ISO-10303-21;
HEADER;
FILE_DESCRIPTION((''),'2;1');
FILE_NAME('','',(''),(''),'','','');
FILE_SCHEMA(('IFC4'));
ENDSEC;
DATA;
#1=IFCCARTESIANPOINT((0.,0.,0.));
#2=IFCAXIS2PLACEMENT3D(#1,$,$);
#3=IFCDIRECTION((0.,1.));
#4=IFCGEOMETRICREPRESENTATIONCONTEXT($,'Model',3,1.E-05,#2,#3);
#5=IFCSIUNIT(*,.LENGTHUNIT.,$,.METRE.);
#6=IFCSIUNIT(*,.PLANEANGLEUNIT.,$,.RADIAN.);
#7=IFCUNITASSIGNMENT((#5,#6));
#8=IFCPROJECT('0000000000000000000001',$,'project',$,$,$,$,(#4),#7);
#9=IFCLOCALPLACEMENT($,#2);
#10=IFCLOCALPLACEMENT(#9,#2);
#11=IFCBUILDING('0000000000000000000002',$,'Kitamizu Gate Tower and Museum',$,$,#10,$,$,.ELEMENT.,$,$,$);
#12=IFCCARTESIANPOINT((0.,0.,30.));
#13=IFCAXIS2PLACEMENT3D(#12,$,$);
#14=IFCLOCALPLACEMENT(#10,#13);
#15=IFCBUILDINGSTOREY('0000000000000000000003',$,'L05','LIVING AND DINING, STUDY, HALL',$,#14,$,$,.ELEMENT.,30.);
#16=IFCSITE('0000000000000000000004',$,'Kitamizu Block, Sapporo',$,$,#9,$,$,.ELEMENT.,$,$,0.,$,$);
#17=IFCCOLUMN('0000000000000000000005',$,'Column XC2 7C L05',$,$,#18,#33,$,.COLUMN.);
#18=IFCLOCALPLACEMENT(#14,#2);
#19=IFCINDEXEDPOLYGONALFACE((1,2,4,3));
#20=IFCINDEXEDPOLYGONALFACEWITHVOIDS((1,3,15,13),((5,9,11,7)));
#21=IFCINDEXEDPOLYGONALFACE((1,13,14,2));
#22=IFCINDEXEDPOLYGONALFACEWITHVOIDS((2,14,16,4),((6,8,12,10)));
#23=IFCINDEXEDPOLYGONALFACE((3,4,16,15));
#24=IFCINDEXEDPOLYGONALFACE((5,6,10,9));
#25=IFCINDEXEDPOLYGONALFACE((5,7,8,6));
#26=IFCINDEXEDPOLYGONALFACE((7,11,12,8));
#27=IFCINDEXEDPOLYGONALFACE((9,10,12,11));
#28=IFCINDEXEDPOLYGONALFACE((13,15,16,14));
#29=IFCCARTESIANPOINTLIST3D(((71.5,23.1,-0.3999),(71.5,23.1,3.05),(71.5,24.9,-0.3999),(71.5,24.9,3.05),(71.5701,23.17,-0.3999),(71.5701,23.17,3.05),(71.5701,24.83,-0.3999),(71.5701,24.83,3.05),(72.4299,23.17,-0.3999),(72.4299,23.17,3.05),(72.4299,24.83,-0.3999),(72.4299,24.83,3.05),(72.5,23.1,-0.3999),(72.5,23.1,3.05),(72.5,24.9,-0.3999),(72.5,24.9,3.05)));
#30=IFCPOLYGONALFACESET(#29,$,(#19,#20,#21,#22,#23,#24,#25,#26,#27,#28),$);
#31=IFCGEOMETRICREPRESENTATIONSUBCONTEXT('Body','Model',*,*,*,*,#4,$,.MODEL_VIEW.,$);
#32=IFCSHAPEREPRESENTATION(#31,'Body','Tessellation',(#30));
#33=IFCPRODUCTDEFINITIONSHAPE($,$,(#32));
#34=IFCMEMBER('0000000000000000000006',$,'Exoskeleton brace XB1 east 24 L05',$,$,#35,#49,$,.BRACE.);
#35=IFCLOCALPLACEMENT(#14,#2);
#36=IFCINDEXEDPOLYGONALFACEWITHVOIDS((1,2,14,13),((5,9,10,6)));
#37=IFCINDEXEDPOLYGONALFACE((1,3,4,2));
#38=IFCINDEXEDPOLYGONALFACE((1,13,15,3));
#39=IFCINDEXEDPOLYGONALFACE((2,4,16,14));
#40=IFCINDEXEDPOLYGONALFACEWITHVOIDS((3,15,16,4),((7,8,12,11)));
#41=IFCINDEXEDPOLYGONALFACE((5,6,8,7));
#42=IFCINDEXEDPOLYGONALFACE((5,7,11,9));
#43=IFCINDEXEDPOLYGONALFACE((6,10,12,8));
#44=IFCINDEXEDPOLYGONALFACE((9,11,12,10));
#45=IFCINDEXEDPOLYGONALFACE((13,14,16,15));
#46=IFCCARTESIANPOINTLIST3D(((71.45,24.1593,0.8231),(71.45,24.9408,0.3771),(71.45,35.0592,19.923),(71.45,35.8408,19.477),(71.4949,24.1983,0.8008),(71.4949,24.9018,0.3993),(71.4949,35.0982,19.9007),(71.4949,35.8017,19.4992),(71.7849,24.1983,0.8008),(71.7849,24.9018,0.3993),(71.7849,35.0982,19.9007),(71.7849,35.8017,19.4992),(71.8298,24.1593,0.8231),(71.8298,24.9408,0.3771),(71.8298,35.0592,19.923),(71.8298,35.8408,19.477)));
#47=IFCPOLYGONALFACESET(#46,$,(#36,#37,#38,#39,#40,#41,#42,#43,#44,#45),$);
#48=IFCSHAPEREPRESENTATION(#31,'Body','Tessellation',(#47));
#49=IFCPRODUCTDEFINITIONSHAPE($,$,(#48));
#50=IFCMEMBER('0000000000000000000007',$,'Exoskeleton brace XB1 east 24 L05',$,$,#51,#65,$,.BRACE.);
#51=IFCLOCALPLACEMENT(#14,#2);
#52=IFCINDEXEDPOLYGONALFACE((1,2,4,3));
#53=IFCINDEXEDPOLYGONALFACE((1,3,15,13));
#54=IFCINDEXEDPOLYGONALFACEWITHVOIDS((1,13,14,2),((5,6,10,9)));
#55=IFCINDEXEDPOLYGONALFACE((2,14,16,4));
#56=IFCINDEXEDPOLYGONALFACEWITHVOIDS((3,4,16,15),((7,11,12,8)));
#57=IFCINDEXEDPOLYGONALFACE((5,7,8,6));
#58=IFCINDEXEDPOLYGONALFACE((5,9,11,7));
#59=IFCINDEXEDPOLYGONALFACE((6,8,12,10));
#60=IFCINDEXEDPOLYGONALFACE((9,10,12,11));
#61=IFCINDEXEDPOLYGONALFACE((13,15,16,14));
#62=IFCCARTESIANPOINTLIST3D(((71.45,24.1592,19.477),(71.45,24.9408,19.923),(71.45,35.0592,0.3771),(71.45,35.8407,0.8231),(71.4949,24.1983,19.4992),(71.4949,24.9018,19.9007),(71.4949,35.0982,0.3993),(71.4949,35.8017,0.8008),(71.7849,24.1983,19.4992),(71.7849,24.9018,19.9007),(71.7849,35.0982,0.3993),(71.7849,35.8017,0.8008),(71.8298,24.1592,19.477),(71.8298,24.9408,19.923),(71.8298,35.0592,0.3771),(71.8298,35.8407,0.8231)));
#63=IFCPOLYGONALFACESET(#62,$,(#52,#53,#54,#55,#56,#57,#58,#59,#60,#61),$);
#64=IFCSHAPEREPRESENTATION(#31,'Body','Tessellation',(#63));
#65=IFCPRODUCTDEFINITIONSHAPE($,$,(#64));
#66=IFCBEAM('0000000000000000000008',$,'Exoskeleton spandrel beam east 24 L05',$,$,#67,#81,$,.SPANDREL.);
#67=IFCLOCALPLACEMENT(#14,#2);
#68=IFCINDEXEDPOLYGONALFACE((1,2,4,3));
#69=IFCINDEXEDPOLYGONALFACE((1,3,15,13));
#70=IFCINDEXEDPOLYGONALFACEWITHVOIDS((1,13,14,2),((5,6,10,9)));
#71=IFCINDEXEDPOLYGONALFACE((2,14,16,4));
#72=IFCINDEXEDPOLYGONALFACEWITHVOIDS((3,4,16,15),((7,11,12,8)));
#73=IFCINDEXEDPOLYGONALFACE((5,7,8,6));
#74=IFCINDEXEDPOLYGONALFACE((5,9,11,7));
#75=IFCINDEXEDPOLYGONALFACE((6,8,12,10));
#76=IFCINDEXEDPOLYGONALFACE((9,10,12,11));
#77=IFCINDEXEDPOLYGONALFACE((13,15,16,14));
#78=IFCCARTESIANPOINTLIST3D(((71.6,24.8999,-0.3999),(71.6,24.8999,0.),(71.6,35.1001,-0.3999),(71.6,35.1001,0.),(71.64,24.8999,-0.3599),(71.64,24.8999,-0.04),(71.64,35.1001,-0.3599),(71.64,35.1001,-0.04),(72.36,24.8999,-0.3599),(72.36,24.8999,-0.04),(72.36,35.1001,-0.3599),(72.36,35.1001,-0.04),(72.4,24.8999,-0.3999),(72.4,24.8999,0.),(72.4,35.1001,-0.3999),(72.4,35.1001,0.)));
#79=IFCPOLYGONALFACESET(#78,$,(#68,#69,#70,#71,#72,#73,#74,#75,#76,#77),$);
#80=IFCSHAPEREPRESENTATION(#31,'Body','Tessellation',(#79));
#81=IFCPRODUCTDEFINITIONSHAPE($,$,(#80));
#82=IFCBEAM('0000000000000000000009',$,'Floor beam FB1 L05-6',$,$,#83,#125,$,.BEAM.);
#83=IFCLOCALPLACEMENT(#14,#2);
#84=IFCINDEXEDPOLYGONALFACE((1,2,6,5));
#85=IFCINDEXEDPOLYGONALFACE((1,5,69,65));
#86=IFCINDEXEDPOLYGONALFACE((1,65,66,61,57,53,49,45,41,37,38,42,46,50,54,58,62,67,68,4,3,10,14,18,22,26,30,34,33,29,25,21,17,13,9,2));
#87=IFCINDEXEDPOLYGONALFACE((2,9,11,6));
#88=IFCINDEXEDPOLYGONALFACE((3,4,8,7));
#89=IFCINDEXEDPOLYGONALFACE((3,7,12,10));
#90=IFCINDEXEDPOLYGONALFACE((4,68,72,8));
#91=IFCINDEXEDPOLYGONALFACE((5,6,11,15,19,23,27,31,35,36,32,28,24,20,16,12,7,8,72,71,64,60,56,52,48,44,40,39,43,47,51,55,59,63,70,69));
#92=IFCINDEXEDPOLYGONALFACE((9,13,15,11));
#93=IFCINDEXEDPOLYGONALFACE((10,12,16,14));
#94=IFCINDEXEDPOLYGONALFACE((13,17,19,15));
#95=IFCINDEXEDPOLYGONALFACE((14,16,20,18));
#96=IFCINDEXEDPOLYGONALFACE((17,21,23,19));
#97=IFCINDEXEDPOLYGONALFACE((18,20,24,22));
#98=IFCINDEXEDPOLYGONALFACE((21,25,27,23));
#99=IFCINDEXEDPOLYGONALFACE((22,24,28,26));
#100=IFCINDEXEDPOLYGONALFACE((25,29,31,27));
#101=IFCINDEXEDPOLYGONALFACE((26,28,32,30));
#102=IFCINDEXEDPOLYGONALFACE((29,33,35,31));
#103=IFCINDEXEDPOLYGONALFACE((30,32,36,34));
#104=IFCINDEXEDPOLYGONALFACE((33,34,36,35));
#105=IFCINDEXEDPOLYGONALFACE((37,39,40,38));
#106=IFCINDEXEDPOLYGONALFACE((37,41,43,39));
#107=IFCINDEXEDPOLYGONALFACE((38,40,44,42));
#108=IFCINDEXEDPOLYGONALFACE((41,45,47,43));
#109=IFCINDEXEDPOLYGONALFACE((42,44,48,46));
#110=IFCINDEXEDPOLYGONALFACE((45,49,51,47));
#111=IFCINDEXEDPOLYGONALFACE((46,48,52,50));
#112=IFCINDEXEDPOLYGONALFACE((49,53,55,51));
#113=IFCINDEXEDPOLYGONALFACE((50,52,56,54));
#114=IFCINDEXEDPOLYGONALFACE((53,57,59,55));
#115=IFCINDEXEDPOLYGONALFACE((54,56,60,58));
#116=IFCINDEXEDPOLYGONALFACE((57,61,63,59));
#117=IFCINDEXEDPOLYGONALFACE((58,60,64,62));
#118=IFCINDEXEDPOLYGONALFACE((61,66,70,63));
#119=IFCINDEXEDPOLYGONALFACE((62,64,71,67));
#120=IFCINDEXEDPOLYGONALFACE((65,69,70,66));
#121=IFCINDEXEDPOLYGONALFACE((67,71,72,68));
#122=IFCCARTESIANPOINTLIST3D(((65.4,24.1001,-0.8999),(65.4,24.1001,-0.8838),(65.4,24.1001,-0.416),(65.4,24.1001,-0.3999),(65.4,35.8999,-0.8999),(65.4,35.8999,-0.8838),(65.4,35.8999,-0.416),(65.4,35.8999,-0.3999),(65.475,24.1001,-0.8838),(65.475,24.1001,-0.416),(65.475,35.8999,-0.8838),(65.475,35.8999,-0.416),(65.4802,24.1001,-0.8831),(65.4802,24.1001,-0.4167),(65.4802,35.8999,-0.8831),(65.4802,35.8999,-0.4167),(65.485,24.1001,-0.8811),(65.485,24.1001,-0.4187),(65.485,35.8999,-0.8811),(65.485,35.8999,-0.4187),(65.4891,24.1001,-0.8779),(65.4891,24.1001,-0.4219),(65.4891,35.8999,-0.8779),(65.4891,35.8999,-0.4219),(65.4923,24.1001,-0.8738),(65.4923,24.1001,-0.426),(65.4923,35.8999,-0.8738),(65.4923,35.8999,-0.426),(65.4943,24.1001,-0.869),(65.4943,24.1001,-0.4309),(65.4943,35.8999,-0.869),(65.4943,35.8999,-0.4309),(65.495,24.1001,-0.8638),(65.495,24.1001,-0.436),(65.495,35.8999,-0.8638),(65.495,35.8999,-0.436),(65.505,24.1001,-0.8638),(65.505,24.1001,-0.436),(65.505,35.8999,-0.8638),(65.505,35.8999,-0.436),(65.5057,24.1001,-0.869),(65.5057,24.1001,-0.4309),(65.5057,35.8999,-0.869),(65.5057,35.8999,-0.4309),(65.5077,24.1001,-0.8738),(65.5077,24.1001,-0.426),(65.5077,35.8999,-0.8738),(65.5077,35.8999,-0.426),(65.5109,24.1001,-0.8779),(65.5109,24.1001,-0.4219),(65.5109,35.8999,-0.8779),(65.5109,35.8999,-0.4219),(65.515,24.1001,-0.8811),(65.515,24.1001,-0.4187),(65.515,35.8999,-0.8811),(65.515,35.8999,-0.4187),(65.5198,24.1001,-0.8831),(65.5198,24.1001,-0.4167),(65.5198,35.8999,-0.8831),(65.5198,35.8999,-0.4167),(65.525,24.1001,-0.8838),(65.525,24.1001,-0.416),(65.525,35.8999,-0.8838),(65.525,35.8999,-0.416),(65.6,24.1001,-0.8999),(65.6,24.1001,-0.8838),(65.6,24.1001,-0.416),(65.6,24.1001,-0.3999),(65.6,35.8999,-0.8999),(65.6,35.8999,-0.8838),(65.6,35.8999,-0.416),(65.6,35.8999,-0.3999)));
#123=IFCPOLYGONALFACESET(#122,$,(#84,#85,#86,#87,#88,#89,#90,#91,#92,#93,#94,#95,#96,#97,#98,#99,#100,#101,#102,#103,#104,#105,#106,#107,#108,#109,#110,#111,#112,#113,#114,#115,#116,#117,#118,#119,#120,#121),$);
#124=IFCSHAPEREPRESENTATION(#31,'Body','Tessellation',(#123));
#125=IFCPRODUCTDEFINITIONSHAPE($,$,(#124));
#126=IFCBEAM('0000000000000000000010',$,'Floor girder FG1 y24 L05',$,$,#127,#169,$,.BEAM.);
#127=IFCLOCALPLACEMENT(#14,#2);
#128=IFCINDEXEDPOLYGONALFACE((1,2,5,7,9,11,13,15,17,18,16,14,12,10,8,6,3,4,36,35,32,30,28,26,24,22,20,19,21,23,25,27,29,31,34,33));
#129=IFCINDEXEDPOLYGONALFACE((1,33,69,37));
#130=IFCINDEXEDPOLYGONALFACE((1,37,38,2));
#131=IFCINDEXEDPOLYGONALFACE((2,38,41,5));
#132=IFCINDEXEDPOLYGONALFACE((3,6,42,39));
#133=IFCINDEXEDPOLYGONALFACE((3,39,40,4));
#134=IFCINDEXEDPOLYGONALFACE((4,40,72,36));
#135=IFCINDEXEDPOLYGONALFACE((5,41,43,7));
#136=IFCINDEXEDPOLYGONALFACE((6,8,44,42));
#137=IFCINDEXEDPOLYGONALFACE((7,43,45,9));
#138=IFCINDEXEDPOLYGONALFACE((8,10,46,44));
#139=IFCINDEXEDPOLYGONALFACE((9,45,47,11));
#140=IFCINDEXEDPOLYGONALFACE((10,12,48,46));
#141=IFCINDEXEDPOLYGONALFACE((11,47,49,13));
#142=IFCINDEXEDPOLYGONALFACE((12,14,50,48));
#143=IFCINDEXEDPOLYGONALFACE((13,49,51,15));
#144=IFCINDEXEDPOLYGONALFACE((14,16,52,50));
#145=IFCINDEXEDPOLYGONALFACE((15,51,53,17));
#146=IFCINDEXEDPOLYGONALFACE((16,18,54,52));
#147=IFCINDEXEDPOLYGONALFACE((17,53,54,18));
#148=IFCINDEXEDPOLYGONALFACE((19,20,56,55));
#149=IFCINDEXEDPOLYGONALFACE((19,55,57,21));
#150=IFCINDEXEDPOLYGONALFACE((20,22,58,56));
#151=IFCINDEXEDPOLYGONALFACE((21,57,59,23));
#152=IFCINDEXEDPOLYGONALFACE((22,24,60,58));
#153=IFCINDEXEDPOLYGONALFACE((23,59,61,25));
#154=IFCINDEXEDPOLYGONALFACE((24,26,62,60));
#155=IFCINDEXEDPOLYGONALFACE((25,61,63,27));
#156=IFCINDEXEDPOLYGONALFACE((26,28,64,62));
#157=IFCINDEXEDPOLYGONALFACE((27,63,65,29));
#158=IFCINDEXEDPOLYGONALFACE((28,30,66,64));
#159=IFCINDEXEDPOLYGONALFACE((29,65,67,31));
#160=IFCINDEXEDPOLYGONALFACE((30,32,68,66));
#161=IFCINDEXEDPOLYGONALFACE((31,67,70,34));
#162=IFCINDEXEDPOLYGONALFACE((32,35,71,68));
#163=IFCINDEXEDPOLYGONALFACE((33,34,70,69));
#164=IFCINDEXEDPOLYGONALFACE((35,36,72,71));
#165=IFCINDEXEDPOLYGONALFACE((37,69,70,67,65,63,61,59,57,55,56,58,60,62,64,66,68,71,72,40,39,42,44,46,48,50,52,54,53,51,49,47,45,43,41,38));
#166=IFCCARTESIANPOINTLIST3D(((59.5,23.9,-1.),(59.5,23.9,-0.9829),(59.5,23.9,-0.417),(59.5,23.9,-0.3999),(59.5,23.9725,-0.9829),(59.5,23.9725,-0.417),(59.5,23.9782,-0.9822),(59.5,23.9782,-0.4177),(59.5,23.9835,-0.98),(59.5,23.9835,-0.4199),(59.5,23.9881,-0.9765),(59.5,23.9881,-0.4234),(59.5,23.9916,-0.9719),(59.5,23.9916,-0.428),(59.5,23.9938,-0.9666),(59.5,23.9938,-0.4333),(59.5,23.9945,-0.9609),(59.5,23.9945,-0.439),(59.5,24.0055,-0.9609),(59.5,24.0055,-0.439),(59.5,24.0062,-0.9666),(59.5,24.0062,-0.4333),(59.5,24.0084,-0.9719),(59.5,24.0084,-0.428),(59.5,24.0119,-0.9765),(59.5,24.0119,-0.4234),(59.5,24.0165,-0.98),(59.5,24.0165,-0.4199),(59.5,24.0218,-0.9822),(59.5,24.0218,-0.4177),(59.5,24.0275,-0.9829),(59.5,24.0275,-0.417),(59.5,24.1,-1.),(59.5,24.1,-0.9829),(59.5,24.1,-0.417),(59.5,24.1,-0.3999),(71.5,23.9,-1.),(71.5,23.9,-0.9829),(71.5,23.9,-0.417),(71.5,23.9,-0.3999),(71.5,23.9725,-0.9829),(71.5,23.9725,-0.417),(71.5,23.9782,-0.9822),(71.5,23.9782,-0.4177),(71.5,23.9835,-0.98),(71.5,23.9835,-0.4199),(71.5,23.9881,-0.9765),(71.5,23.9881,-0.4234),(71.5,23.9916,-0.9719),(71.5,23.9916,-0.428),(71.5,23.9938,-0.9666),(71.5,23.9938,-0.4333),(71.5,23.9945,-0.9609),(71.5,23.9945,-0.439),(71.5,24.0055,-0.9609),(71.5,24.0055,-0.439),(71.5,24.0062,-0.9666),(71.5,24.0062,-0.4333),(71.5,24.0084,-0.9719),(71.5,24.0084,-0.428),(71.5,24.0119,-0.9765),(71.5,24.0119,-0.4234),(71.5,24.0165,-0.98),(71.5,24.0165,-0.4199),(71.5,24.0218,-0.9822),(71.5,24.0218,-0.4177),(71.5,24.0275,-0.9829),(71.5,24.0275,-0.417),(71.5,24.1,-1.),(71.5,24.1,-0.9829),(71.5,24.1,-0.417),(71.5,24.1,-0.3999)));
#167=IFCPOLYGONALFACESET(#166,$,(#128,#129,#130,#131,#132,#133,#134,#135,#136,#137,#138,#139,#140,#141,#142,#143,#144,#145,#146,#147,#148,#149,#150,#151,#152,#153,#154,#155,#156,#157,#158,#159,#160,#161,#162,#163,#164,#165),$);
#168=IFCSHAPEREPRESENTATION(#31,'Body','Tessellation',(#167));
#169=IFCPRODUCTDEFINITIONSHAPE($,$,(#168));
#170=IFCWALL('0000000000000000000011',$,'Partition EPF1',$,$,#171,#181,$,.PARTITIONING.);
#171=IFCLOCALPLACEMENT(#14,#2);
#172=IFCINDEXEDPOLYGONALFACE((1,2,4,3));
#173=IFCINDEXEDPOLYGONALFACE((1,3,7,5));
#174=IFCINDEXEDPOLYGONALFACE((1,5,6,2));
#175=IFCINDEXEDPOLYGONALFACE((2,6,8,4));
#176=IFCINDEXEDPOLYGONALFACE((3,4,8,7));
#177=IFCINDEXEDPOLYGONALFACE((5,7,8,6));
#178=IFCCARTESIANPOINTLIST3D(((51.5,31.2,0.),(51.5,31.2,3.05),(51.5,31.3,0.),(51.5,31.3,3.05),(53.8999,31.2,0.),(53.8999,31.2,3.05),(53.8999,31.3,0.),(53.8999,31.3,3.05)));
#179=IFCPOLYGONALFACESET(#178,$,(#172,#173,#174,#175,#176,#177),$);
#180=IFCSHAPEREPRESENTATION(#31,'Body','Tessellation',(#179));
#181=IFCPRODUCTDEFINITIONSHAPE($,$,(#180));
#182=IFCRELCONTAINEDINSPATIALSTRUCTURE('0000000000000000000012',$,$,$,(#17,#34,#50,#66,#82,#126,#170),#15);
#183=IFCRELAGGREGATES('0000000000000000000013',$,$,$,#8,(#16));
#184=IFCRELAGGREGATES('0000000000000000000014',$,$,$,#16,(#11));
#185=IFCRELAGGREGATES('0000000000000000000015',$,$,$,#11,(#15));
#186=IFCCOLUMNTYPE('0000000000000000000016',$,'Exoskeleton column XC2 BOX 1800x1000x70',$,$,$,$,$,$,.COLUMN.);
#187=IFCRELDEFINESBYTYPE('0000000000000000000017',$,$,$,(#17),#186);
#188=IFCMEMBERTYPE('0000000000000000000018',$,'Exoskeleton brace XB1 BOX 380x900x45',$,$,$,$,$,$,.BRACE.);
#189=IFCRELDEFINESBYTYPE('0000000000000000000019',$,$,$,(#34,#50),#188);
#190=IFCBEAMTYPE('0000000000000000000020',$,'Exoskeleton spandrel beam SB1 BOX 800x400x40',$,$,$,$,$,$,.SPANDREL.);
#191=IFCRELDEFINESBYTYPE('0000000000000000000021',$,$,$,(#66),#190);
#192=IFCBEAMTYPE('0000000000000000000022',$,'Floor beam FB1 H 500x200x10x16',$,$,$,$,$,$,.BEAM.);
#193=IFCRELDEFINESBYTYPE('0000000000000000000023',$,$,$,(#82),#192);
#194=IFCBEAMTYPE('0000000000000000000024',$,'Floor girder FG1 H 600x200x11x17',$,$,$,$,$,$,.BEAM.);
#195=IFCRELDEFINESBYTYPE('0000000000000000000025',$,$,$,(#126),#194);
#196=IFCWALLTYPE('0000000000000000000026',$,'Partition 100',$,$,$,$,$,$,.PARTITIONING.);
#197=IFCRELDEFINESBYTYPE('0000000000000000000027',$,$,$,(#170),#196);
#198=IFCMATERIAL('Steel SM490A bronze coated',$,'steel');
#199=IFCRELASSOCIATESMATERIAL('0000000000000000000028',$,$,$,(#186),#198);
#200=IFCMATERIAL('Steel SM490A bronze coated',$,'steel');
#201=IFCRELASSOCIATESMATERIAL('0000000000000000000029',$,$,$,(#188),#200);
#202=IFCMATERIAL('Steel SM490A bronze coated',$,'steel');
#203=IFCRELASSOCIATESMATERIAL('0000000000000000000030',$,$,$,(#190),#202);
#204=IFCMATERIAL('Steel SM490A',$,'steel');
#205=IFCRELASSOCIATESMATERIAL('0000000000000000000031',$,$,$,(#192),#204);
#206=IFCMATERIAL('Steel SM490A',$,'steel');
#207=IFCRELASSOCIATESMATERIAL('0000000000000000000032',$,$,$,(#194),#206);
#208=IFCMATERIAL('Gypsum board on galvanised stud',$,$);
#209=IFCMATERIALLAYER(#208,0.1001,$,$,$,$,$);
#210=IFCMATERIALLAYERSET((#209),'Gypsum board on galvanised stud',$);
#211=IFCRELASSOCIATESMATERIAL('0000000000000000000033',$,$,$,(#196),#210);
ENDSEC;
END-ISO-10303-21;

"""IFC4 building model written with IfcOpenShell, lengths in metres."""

from ifc_helpers import new_model, si_unit, direction, frame, frame_2d, origin, origin_2d, place, context, subcontext, project, spatial, rectangle, hollow_rectangle, i_section, extrude, material, layer, layer_set, material_profile, profile_set, type_object, element, save


model = new_model("IFC4")

# Units and contexts
model_context = context("Model", 3, precision=1e-05, world=origin(), true_north=direction((0.0, 1.0)))
body_context = subcontext(model_context, "Body", "Model", "MODEL_VIEW")
ifc_project = project(units=[si_unit("LENGTHUNIT", "METRE"), si_unit("PLANEANGLEUNIT", "RADIAN")], contexts=[model_context])

# Site, building, storey
site_placement = place(None, origin())
site = spatial("IfcSite", under=ifc_project, at=site_placement, Name="Kitamizu Block, Sapporo", CompositionType="ELEMENT", RefElevation=0.0)
building_placement = place(site_placement, origin())
building = spatial("IfcBuilding", under=site, at=building_placement, Name="Kitamizu Gate Tower and Museum", CompositionType="ELEMENT")
storey_placement = place(building_placement, frame((0.0, 0.0, 30.0)))
storey = spatial("IfcBuildingStorey", under=building, at=storey_placement, Name="L05", Description="LIVING AND DINING, STUDY, HALL", CompositionType="ELEMENT", Elevation=30.0)

# Column
ifc_material_1 = material(Name="Steel SM490A bronze coated", Category="steel")
ifc_material_profile_1 = material_profile(ifc_material_1, hollow_rectangle(XDim=1.8, YDim=1.0, WallThickness=0.0701, at=origin_2d()), Name="BOX 1800x1000x70")
ifc_profile_set_1 = profile_set([ifc_material_profile_1], Name="Steel SM490A bronze coated")
column_type = type_object("IfcColumnType", Name="Exoskeleton column XC2 BOX 1800x1000x70", PredefinedType="COLUMN", material=ifc_profile_set_1)
column_placement = place(storey_placement, frame((72.0, 24.0, -0.3999), z_axis=(0.0, 0.0, 1.0), x_axis=(0.0, 1.0, 0.0)))
element("IfcColumn", 1, at=column_placement, inside=storey, type_object=column_type, Name="Column XC2 7C L05", PredefinedType="COLUMN", context=body_context, shape_type="SweptSolid", body=[
    extrude(hollow_rectangle(XDim=1.8, YDim=1.0, WallThickness=0.0701, at=origin_2d()), origin(), (0.0, 0.0, 1.0), 3.45),
])

# Members
ifc_material_2 = material(Name="Steel SM490A bronze coated", Category="steel")
ifc_material_profile_2 = material_profile(ifc_material_2, hollow_rectangle(XDim=0.3799, YDim=0.8999, WallThickness=0.0449, at=origin_2d()), Name="BOX 380x900x45")
ifc_profile_set_2 = profile_set([ifc_material_profile_2], Name="Steel SM490A bronze coated")
member_type = type_object("IfcMemberType", Name="Exoskeleton brace XB1 BOX 380x900x45", PredefinedType="BRACE", material=ifc_profile_set_2)
for number, where, z_axis, x_axis, name in (
    (2, (71.6399, 24.55, 0.6001), (0.0, 0.495649, 0.868523), (-1.0, 0.0, 0.0), "Exoskeleton brace XB1 east 24 L05"),
    (3, (71.6399, 35.45, 0.6001), (0.0, -0.495649, 0.868523), (1.0, 0.0, 0.0), "Exoskeleton brace XB1 east 24 L05"),
):
    element("IfcMember", number, at=place(storey_placement, frame(where, z_axis=z_axis, x_axis=x_axis)), inside=storey, type_object=member_type, Name=name, PredefinedType="BRACE", context=body_context, shape_type="SweptSolid", body=[
        extrude(hollow_rectangle(XDim=0.3799, YDim=0.8999, WallThickness=0.0449, at=origin_2d()), origin(), (0.0, 0.0, 1.0), 21.9912),
    ])

# Beams
ifc_material_3 = material(Name="Steel SM490A bronze coated", Category="steel")
ifc_material_profile_3 = material_profile(ifc_material_3, hollow_rectangle(XDim=0.8, YDim=0.3999, WallThickness=0.04, at=origin_2d()), Name="BOX 800x400x40")
ifc_profile_set_3 = profile_set([ifc_material_profile_3], Name="Steel SM490A bronze coated")
beam_type_1 = type_object("IfcBeamType", Name="Exoskeleton spandrel beam SB1 BOX 800x400x40", PredefinedType="SPANDREL", material=ifc_profile_set_3)
beam_1_placement = place(storey_placement, frame((72.0, 24.8999, -0.2), z_axis=(0.0, 1.0, 0.0), x_axis=(-1.0, 0.0, 0.0)))
element("IfcBeam", 4, at=beam_1_placement, inside=storey, type_object=beam_type_1, Name="Exoskeleton spandrel beam east 24 L05", PredefinedType="SPANDREL", context=body_context, shape_type="SweptSolid", body=[
    extrude(hollow_rectangle(XDim=0.8, YDim=0.3999, WallThickness=0.04, at=origin_2d()), origin(), (0.0, 0.0, 1.0), 10.2002),
])
ifc_material_4 = material(Name="Steel SM490A", Category="steel")
ifc_material_profile_4 = material_profile(ifc_material_4, i_section(OverallWidth=0.2, OverallDepth=0.5, WebThickness=0.01, FlangeThickness=0.0161, FilletRadius=0.02, at=origin_2d()), Name="H-500x200x10x16")
ifc_profile_set_4 = profile_set([ifc_material_profile_4], Name="Steel SM490A")
beam_type_2 = type_object("IfcBeamType", Name="Floor beam FB1 H 500x200x10x16", PredefinedType="BEAM", material=ifc_profile_set_4)
beam_2_placement = place(storey_placement, frame((65.5, 24.1001, -0.6499), z_axis=(0.0, 1.0, 0.0), x_axis=(-1.0, 0.0, 0.0)))
element("IfcBeam", 5, at=beam_2_placement, inside=storey, type_object=beam_type_2, Name="Floor beam FB1 L05-6", PredefinedType="BEAM", context=body_context, shape_type="SweptSolid", body=[
    extrude(i_section(OverallWidth=0.2, OverallDepth=0.5, WebThickness=0.01, FlangeThickness=0.0161, FilletRadius=0.02, at=origin_2d()), origin(), (0.0, 0.0, 1.0), 11.7998),
])
ifc_material_5 = material(Name="Steel SM490A", Category="steel")
ifc_material_profile_5 = material_profile(ifc_material_5, i_section(OverallWidth=0.2, OverallDepth=0.6001, WebThickness=0.011, FlangeThickness=0.0171, FilletRadius=0.022, at=origin_2d()), Name="H-600x200x11x17")
ifc_profile_set_5 = profile_set([ifc_material_profile_5], Name="Steel SM490A")
beam_type_3 = type_object("IfcBeamType", Name="Floor girder FG1 H 600x200x11x17", PredefinedType="BEAM", material=ifc_profile_set_5)
beam_3_placement = place(storey_placement, frame((59.5, 24.0, -0.7), z_axis=(1.0, 0.0, 0.0), x_axis=(0.0, 1.0, 0.0)))
element("IfcBeam", 6, at=beam_3_placement, inside=storey, type_object=beam_type_3, Name="Floor girder FG1 y24 L05", PredefinedType="BEAM", context=body_context, shape_type="SweptSolid", body=[
    extrude(i_section(OverallWidth=0.2, OverallDepth=0.6001, WebThickness=0.011, FlangeThickness=0.0171, FilletRadius=0.022, at=origin_2d()), origin(), (0.0, 0.0, 1.0), 12.0),
])

# Wall
ifc_material_6 = material(Name="Gypsum board on galvanised stud")
ifc_layer_1 = layer(ifc_material_6, 0.1001)
ifc_layer_set_1 = layer_set([ifc_layer_1], Name="Gypsum board on galvanised stud")
wall_type_1 = type_object("IfcWallType", Name="Partition 100", PredefinedType="PARTITIONING", material=ifc_layer_set_1)
wall_1_placement = place(storey_placement, frame((53.8999, 31.25, 0.0), z_axis=(0.0, 0.0, 1.0), x_axis=(-1.0, 0.0, 0.0)))
element("IfcWall", 7, at=wall_1_placement, inside=storey, type_object=wall_type_1, Name="Partition EPF1", PredefinedType="PARTITIONING", context=body_context, shape_type="SweptSolid", body=[
    extrude(rectangle(XDim=2.3999, YDim=0.1001, at=frame_2d((1.2, 0.0))), origin(), (0.0, 0.0, 1.0), 3.05),
])

save(model, "model.ifc")
